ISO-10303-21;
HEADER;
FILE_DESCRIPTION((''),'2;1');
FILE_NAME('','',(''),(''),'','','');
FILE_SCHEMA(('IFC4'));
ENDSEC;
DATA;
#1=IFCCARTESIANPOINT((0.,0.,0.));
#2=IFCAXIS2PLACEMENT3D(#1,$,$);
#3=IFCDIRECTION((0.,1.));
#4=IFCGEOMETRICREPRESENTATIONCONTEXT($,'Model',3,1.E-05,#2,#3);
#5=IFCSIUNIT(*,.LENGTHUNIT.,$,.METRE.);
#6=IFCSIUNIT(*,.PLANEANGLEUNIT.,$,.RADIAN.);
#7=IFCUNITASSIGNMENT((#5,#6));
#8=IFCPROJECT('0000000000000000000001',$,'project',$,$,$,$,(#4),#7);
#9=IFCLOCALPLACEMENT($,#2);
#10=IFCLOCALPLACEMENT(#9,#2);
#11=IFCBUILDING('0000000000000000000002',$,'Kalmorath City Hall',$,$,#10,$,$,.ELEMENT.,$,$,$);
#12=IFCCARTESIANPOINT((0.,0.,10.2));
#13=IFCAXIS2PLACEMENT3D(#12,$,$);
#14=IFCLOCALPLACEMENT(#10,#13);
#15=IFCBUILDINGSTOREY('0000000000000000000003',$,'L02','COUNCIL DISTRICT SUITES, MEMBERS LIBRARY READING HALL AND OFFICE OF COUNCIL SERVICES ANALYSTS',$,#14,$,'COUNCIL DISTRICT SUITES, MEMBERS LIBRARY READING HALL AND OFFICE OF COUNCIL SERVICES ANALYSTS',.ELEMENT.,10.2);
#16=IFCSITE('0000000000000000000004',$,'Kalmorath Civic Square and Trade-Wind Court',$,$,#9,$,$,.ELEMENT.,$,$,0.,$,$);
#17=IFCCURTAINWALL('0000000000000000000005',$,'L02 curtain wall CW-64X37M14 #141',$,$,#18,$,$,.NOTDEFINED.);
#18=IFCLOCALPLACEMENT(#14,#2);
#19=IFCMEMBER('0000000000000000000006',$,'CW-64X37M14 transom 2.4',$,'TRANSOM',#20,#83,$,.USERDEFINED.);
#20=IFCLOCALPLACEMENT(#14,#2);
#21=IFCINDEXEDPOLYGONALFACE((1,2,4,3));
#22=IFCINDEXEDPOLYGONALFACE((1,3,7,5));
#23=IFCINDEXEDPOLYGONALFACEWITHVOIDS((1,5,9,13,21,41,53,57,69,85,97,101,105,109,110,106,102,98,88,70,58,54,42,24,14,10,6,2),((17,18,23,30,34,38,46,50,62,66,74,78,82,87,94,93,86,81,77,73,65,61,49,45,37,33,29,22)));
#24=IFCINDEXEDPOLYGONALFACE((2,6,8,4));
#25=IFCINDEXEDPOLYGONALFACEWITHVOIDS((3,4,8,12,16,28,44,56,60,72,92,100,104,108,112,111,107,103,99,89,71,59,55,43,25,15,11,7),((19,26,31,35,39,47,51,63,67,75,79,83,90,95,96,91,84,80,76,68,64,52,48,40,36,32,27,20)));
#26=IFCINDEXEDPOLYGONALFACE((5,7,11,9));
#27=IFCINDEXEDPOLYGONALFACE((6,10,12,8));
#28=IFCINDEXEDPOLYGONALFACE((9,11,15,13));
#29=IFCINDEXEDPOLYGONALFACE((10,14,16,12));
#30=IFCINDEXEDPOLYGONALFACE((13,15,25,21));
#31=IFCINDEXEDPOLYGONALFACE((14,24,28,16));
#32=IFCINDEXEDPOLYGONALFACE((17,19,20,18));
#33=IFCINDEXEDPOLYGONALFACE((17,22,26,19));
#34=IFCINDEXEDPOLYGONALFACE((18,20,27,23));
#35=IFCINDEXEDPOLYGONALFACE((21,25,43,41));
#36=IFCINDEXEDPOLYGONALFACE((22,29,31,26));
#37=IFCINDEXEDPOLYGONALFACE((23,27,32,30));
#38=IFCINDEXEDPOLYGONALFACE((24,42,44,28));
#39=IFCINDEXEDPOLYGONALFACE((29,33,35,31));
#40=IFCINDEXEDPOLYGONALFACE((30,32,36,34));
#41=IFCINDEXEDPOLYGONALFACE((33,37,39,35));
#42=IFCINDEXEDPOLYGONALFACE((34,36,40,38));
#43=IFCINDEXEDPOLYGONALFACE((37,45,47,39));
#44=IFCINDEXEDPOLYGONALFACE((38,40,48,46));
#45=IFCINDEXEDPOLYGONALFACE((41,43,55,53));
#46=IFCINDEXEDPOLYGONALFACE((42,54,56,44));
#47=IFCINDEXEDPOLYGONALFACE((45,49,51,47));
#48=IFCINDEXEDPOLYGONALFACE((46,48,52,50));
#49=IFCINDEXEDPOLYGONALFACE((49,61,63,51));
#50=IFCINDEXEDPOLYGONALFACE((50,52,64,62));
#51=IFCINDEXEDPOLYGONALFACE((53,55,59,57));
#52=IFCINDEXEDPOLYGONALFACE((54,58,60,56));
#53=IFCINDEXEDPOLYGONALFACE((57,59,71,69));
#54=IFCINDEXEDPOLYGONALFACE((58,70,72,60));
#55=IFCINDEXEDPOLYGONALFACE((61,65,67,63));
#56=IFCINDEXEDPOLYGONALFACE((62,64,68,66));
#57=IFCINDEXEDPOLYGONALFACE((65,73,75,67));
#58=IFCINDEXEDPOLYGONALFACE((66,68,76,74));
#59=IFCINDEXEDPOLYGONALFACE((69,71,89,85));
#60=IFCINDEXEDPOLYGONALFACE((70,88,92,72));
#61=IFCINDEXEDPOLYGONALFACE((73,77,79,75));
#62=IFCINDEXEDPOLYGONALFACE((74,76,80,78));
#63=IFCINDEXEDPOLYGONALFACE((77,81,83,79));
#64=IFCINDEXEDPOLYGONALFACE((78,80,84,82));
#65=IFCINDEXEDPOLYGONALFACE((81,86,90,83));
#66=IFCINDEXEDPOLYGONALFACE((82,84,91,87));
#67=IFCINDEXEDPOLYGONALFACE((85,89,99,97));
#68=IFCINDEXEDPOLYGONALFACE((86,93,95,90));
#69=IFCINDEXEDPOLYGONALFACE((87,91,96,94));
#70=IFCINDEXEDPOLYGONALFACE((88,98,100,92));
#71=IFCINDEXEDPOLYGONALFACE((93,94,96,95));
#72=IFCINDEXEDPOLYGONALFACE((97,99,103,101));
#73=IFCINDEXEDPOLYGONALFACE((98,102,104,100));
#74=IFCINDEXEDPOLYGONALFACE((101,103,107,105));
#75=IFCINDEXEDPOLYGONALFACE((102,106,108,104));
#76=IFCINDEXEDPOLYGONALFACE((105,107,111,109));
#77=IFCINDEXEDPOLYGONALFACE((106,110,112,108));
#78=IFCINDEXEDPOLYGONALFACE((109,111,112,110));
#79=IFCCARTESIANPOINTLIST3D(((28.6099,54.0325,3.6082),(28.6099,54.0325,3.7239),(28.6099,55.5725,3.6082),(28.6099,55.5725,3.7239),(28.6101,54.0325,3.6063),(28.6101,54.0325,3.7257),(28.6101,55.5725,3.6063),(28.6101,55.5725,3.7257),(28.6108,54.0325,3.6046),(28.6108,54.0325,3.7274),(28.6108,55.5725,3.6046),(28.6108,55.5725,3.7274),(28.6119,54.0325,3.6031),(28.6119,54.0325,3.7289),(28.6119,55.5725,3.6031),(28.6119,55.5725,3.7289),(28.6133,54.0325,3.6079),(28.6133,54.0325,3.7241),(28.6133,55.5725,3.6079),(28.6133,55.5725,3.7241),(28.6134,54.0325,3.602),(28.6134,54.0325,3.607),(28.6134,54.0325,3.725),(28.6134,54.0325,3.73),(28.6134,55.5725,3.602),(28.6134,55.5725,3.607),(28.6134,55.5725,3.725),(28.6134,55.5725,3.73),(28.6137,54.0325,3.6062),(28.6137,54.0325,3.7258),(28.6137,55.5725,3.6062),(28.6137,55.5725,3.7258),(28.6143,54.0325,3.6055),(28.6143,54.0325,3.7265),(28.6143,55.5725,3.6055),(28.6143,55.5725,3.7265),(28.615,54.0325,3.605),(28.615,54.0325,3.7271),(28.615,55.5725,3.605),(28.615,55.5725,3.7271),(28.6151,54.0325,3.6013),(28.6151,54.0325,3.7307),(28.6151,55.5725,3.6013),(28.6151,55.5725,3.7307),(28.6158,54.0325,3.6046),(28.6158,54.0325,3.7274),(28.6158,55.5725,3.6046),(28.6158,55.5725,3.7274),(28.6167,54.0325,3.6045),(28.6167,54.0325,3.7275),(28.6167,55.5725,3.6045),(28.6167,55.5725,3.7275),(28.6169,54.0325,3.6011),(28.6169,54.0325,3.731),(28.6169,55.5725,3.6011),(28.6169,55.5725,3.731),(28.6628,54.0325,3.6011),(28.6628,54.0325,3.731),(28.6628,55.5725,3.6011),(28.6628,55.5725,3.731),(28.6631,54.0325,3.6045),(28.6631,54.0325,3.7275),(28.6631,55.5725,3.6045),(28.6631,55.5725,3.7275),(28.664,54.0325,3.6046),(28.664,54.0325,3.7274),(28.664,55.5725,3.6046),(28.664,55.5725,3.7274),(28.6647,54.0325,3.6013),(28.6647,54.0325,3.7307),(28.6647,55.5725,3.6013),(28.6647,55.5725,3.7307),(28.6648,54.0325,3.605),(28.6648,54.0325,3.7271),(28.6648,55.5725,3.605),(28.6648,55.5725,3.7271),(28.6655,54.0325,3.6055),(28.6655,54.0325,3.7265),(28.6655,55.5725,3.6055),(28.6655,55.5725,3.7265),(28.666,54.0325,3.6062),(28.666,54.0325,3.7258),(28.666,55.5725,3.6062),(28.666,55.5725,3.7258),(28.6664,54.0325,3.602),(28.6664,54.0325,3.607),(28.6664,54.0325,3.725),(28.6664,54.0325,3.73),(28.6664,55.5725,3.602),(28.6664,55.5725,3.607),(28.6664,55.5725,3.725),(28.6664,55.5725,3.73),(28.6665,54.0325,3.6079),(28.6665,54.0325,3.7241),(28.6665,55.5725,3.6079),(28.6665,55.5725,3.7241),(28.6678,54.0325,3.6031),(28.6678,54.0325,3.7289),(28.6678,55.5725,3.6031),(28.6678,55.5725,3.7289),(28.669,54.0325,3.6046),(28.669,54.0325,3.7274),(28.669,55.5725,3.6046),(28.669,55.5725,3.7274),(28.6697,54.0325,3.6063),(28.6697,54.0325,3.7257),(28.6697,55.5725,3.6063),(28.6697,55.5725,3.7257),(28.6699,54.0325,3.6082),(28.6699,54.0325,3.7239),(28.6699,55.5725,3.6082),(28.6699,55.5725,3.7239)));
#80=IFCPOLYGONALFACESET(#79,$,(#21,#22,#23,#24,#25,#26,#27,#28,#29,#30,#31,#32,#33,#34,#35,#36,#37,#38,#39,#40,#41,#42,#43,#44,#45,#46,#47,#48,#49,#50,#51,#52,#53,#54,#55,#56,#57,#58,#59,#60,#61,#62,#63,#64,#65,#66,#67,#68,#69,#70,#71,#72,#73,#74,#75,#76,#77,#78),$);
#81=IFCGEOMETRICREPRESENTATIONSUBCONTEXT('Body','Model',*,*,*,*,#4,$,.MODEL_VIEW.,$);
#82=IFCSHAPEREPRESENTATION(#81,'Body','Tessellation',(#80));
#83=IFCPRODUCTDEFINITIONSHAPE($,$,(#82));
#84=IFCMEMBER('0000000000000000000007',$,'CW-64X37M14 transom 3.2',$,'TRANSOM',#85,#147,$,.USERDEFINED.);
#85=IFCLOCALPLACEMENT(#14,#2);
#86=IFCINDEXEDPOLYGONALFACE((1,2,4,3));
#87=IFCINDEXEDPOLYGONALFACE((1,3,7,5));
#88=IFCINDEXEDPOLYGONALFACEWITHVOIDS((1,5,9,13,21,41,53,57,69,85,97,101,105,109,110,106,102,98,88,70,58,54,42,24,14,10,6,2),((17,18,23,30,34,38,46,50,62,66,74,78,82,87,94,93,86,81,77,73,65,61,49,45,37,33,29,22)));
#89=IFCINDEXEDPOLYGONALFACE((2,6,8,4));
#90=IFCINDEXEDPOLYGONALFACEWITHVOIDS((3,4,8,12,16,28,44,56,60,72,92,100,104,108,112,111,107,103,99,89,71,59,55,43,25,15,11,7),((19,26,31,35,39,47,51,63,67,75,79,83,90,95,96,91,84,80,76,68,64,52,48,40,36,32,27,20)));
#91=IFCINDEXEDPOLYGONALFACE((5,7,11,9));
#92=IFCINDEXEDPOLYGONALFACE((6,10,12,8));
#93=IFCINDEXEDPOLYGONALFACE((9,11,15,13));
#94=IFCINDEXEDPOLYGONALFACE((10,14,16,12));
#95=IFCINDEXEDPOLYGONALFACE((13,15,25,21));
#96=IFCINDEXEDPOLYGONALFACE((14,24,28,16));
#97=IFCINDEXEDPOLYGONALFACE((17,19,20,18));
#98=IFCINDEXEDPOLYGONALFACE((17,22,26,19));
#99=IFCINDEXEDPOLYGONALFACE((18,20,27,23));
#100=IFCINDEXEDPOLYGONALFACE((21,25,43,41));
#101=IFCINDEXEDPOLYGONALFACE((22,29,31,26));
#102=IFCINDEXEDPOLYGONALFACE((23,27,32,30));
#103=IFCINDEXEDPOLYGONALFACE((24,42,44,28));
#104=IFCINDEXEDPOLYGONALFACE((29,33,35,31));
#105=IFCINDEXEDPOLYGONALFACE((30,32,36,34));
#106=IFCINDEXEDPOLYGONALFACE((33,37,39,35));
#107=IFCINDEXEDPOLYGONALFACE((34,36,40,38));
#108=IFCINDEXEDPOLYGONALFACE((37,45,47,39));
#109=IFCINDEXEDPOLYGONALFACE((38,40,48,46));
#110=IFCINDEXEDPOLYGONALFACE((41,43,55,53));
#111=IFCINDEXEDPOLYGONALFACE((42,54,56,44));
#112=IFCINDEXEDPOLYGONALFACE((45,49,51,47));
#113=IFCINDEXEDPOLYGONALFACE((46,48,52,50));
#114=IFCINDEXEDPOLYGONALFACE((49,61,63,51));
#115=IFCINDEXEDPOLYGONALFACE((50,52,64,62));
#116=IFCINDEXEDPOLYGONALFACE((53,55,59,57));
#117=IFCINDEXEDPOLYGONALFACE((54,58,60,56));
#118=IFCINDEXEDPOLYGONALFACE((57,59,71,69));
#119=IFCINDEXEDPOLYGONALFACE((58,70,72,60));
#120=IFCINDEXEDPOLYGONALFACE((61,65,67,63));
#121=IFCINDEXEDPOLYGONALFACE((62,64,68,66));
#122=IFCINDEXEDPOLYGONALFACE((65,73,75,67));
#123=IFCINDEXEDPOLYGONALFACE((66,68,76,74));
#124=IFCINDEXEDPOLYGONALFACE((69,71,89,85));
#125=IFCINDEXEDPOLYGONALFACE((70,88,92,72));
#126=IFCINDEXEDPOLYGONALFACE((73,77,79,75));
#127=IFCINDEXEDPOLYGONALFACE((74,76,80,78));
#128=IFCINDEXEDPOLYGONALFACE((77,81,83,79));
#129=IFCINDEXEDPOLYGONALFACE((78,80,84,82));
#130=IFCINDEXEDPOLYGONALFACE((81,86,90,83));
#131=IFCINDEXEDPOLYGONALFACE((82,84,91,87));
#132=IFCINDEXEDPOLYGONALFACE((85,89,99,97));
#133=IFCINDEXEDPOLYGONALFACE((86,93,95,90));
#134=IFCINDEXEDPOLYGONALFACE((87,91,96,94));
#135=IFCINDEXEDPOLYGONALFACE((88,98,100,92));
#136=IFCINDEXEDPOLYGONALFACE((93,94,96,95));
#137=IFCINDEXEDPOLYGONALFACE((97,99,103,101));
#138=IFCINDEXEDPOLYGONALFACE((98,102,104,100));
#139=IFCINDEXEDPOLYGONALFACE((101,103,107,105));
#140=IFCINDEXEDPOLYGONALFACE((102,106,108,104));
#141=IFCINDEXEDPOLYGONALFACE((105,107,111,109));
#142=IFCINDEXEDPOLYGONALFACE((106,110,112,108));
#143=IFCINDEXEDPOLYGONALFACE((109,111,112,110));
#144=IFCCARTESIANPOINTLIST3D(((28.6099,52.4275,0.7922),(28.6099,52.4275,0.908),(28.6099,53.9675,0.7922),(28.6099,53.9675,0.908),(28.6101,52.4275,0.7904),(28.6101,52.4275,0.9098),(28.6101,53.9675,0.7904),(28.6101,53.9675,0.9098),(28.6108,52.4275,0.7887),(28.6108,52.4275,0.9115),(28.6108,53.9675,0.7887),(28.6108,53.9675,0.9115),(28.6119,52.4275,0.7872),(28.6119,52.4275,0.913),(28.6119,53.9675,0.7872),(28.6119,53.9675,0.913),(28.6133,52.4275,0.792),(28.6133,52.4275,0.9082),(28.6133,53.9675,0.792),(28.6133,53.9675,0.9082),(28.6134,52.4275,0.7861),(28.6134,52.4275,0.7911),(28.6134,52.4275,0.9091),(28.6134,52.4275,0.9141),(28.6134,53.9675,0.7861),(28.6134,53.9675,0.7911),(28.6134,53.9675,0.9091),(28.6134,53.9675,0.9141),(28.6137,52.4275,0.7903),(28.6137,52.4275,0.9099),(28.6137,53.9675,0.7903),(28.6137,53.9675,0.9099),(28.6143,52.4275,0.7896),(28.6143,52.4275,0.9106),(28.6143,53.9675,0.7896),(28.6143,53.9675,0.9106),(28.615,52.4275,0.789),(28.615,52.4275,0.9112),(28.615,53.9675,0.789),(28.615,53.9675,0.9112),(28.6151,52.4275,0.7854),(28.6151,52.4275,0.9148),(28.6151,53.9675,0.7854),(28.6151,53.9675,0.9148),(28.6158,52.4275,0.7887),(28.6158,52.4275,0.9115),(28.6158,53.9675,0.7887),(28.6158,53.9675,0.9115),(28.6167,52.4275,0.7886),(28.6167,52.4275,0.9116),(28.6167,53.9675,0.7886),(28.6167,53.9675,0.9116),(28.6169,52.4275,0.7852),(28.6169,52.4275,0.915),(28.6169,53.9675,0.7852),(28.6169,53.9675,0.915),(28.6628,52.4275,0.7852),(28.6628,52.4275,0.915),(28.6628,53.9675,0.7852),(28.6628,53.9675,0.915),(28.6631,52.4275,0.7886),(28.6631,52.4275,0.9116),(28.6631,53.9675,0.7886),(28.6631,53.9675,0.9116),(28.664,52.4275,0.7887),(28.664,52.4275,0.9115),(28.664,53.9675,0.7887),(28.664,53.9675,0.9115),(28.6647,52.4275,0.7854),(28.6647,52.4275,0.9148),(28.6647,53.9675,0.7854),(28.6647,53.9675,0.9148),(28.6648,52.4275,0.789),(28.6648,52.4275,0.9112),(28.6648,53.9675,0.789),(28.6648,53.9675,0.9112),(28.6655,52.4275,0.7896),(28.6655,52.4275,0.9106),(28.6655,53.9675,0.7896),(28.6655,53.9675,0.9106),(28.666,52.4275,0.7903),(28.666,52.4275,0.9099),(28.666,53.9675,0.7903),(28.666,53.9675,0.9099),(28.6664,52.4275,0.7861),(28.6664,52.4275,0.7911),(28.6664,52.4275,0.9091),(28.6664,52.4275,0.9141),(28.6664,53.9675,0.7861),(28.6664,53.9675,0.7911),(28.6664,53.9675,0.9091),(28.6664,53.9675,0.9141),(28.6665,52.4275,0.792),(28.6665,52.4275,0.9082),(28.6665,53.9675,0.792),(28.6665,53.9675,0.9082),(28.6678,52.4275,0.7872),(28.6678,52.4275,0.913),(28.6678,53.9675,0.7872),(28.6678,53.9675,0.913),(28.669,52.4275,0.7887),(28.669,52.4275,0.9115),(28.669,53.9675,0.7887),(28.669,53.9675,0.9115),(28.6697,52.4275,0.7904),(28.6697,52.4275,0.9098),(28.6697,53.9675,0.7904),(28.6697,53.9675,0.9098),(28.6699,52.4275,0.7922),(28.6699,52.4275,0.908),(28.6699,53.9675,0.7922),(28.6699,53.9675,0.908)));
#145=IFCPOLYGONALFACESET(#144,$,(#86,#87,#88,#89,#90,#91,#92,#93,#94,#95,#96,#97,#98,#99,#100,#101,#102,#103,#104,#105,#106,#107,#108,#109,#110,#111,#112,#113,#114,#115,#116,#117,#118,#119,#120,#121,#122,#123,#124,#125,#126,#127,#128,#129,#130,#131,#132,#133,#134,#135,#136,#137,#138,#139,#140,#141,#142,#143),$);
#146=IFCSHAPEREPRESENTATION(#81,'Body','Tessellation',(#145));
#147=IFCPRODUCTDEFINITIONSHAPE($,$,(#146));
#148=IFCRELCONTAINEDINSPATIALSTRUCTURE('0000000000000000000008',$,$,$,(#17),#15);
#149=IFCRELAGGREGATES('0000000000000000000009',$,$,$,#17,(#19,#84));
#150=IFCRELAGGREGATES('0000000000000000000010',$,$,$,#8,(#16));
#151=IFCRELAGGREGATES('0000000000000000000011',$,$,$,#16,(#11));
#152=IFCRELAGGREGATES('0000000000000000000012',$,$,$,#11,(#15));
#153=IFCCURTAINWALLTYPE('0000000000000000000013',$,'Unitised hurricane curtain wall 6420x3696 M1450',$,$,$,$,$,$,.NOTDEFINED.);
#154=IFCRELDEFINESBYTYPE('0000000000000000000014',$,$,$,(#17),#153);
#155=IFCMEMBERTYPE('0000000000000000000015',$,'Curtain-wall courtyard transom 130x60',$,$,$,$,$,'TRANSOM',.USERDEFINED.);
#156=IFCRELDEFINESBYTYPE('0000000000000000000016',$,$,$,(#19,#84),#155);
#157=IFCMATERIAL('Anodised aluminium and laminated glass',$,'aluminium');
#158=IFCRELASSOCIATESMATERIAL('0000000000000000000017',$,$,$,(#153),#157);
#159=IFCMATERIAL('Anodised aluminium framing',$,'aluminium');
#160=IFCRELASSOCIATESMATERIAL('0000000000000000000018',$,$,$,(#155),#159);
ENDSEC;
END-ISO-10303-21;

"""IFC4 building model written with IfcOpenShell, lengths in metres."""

from ifc_helpers import new_model, si_unit, direction, frame, origin, origin_2d, place, context, subcontext, project, spatial, hollow_rectangle, extrude, material, material_profile, profile_set, type_object, element, aggregate, save


model = new_model("IFC4")

# Units and contexts
model_context = context("Model", 3, precision=1e-05, world=origin(), true_north=direction((0.0, 1.0)))
body_context = subcontext(model_context, "Body", "Model", "MODEL_VIEW")
ifc_project = project(units=[si_unit("LENGTHUNIT", "METRE"), si_unit("PLANEANGLEUNIT", "RADIAN")], contexts=[model_context])

# Site, building, storey
site_placement = place(None, origin())
site = spatial("IfcSite", under=ifc_project, at=site_placement, Name="Kalmorath Civic Square and Trade-Wind Court", CompositionType="ELEMENT", RefElevation=0.0)
building_placement = place(site_placement, origin())
building = spatial("IfcBuilding", under=site, at=building_placement, Name="Kalmorath City Hall", CompositionType="ELEMENT")
storey_placement = place(building_placement, frame((0.0, 0.0, 10.2)))
storey = spatial("IfcBuildingStorey", under=building, at=storey_placement, Name="L02", Description="COUNCIL DISTRICT SUITES, MEMBERS LIBRARY READING HALL AND OFFICE OF COUNCIL SERVICES ANALYSTS", LongName="COUNCIL DISTRICT SUITES, MEMBERS LIBRARY READING HALL AND OFFICE OF COUNCIL SERVICES ANALYSTS", CompositionType="ELEMENT", Elevation=10.2)

# Curtain wall, members
ifc_material_1 = material(Name="Anodised aluminium and laminated glass", Category="aluminium")
curtain_wall_type = type_object("IfcCurtainWallType", Name="Unitised hurricane curtain wall 6420x3696 M1450", PredefinedType="NOTDEFINED", material=ifc_material_1)
curtain_wall_placement = place(storey_placement, origin())
curtain_wall = element("IfcCurtainWall", 1, at=curtain_wall_placement, inside=storey, type_object=curtain_wall_type, Name="L02 curtain wall CW-64X37M14 #141", PredefinedType="NOTDEFINED")
ifc_material_2 = material(Name="Anodised aluminium framing", Category="aluminium")
ifc_material_profile_1 = material_profile(ifc_material_2, hollow_rectangle(XDim=0.0601, YDim=0.1299, WallThickness=0.0034, InnerFilletRadius=0.0034, OuterFilletRadius=0.0071, at=origin_2d()), Name="ALU-TRN-130X60X3.5")
ifc_profile_set_1 = profile_set([ifc_material_profile_1], Name="Anodised aluminium framing")
member_type_1 = type_object("IfcMemberType", Name="Curtain-wall courtyard transom 130x60", ElementType="TRANSOM", PredefinedType="USERDEFINED", material=ifc_profile_set_1)
member_1_placement = place(storey_placement, frame((28.6399, 55.5725, 3.666), z_axis=(0.0, -1.0, 0.0), x_axis=(1.0, 0.0, 0.0)))
member_1 = element("IfcMember", 2, at=member_1_placement, type_object=member_type_1, Name="CW-64X37M14 transom 2.4", ObjectType="TRANSOM", PredefinedType="USERDEFINED", context=body_context, shape_type="SweptSolid", body=[
    extrude(hollow_rectangle(XDim=0.0601, YDim=0.1299, WallThickness=0.0034, InnerFilletRadius=0.0034, OuterFilletRadius=0.0071, at=origin_2d()), origin(), (0.0, 0.0, 1.0), 1.54),
])
member_2_placement = place(storey_placement, frame((28.6399, 53.9675, 0.8501), z_axis=(0.0, -1.0, 0.0), x_axis=(1.0, 0.0, 0.0)))
member_2 = element("IfcMember", 3, at=member_2_placement, type_object=member_type_1, Name="CW-64X37M14 transom 3.2", ObjectType="TRANSOM", PredefinedType="USERDEFINED", context=body_context, shape_type="SweptSolid", body=[
    extrude(hollow_rectangle(XDim=0.0601, YDim=0.1299, WallThickness=0.0034, InnerFilletRadius=0.0034, OuterFilletRadius=0.0071, at=origin_2d()), origin(), (0.0, 0.0, 1.0), 1.54),
])
aggregate(curtain_wall, [member_1, member_2])

save(model, "model.ifc")
